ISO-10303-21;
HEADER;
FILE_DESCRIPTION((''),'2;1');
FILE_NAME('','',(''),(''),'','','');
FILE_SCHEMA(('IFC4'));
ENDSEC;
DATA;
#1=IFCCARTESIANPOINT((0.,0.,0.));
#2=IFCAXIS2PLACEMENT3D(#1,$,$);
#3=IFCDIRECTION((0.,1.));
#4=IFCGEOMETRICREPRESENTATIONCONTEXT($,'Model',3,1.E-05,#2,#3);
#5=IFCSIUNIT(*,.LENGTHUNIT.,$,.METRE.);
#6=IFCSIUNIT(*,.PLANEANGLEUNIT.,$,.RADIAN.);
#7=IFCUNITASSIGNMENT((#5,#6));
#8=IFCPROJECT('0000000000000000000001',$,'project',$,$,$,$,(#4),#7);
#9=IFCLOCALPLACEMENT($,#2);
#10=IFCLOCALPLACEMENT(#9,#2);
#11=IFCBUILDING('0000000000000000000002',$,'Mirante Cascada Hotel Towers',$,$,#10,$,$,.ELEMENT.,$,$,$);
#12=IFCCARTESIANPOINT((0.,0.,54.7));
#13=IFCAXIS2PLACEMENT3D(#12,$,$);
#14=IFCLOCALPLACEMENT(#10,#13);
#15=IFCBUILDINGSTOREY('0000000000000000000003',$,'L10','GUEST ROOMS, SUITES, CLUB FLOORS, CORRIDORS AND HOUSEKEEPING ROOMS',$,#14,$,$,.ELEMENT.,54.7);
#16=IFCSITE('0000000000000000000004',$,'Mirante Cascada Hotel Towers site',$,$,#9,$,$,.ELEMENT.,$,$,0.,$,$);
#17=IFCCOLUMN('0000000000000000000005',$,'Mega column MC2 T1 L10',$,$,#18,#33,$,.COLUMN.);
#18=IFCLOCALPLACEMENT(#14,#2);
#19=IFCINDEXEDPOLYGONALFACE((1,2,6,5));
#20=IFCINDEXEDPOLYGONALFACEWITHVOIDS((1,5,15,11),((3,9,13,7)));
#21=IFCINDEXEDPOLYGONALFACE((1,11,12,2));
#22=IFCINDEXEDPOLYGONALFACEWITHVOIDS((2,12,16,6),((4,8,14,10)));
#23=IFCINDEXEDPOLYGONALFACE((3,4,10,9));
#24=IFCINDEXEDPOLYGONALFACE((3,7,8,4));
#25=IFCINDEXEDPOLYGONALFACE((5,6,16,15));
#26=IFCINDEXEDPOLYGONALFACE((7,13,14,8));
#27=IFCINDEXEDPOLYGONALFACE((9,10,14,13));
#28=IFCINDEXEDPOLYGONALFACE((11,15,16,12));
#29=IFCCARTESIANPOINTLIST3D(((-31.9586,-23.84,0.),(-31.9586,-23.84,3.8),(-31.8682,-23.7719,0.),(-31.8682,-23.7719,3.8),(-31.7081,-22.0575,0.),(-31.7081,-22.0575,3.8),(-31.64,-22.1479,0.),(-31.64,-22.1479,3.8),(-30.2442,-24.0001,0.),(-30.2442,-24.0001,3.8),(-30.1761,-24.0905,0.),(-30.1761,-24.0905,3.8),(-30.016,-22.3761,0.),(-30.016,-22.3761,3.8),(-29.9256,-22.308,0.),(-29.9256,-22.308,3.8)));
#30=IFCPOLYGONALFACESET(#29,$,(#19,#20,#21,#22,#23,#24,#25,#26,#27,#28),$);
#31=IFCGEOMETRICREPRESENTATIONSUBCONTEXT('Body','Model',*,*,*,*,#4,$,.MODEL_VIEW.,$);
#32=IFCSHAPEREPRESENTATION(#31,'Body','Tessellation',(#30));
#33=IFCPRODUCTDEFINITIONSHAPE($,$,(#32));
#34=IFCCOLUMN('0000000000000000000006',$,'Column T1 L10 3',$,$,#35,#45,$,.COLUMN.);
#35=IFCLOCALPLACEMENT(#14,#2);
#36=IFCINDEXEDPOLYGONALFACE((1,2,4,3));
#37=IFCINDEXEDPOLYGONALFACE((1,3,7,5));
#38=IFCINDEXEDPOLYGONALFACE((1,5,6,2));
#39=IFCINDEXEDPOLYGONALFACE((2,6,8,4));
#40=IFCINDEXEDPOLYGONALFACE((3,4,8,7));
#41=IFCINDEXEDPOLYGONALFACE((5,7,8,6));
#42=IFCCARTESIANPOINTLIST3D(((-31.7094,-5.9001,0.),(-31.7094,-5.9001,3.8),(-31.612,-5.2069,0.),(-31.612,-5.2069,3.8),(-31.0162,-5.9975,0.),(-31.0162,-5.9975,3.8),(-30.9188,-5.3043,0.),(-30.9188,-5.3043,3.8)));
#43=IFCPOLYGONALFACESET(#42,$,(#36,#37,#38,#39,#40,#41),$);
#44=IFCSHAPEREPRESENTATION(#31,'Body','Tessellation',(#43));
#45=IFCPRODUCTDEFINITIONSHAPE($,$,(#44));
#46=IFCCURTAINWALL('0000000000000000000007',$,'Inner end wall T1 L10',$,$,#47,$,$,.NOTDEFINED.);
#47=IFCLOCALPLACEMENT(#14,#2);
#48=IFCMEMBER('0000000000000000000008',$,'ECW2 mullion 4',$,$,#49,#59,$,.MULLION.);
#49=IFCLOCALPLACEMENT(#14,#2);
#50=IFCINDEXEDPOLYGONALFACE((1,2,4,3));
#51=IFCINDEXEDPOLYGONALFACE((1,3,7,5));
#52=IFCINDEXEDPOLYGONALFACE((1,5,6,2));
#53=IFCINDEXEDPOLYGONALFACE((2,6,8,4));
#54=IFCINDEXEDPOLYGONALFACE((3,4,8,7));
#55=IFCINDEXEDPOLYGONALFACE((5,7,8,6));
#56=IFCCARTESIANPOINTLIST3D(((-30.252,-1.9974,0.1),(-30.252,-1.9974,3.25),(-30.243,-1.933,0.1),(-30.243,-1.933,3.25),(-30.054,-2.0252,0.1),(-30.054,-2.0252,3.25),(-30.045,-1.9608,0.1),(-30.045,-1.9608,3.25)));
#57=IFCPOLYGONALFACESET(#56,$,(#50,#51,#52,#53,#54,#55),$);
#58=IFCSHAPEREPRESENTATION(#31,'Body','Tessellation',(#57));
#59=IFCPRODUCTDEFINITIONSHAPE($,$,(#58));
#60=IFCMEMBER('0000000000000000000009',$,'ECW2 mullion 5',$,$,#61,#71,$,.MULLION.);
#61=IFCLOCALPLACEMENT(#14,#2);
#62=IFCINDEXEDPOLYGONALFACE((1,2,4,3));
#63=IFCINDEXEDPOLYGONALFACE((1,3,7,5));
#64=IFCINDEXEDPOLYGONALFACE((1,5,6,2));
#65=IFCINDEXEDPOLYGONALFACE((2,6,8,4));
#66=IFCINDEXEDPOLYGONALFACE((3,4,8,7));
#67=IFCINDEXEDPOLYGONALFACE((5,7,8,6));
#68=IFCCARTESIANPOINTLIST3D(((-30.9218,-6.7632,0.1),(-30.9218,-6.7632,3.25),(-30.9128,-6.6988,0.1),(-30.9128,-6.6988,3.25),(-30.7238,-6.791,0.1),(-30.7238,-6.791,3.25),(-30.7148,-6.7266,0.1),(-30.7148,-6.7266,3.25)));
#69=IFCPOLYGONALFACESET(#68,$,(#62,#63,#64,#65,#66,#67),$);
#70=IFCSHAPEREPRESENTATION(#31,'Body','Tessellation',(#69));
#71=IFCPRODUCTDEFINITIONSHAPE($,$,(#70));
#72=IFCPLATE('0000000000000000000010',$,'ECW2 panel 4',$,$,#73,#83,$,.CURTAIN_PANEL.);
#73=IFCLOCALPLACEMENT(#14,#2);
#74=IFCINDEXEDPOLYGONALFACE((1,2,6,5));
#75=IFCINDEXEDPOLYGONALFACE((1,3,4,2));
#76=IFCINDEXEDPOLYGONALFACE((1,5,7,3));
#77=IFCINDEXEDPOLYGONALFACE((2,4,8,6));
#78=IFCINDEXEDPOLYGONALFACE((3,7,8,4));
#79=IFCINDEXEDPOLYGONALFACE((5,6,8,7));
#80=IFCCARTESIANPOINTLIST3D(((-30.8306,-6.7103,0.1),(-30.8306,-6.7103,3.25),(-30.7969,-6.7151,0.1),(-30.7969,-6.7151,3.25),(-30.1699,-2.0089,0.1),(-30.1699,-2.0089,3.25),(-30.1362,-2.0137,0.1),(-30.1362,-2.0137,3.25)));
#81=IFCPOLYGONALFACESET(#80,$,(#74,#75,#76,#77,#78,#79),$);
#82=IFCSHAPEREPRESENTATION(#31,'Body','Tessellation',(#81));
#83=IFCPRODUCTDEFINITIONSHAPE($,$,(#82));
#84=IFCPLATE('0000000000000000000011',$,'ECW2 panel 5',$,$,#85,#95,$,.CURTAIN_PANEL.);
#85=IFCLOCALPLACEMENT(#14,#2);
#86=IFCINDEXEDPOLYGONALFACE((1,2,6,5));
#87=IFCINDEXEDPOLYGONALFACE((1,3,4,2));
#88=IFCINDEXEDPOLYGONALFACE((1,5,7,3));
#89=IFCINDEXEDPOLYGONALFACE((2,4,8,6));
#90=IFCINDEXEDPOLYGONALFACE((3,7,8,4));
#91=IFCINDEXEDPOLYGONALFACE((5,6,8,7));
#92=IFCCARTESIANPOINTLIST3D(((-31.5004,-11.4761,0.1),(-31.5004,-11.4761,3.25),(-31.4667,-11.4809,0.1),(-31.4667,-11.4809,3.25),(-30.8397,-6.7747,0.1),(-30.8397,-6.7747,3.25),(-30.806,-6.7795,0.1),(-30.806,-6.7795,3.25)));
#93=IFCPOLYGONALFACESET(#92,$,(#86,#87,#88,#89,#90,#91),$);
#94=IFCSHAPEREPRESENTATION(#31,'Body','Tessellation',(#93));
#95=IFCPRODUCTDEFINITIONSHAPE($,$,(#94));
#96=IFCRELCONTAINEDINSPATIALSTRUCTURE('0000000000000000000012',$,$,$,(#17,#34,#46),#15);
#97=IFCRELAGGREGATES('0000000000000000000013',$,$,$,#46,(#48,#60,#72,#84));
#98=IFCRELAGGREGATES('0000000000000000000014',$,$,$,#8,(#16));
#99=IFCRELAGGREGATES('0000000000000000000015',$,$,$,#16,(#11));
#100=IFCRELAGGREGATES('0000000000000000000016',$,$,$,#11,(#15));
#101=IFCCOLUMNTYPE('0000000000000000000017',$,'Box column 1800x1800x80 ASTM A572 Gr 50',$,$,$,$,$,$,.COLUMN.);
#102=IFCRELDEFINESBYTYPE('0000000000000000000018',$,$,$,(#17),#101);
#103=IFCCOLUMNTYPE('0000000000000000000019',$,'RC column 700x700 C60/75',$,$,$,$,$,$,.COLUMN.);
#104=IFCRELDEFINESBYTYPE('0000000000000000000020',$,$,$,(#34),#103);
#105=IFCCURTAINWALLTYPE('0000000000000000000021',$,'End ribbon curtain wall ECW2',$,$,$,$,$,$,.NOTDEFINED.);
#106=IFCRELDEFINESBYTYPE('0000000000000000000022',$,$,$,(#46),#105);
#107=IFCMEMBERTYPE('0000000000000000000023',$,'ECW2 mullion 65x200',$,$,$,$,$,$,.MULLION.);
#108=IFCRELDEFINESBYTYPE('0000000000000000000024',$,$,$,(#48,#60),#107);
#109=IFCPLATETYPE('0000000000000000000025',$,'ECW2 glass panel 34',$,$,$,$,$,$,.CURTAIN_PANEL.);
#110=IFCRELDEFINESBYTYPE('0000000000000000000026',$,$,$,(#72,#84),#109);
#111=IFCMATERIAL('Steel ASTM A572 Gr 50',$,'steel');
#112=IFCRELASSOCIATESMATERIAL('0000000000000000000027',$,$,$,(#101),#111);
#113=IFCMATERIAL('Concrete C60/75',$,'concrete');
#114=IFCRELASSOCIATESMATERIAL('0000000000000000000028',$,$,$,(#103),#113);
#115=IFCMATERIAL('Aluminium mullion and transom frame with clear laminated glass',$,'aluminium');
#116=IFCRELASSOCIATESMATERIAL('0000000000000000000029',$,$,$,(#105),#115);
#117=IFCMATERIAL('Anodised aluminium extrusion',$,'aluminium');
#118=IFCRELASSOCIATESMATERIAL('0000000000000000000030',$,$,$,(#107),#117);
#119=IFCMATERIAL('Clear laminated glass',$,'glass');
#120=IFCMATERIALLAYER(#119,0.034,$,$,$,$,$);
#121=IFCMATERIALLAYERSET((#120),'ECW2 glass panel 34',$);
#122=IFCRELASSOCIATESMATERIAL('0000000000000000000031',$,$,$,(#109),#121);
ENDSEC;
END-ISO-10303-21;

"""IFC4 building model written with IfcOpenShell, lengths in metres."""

from ifc_helpers import new_model, si_unit, direction, frame, origin, origin_2d, place, context, subcontext, project, spatial, rectangle, hollow_rectangle, extrude, material, layer, layer_set, material_profile, profile_set, type_object, element, aggregate, save


model = new_model("IFC4")

# Units and contexts
model_context = context("Model", 3, precision=1e-05, world=origin(), true_north=direction((0.0, 1.0)))
body_context = subcontext(model_context, "Body", "Model", "MODEL_VIEW")
ifc_project = project(units=[si_unit("LENGTHUNIT", "METRE"), si_unit("PLANEANGLEUNIT", "RADIAN")], contexts=[model_context])

# Site, building, storey
site_placement = place(None, origin())
site = spatial("IfcSite", under=ifc_project, at=site_placement, Name="Mirante Cascada Hotel Towers site", CompositionType="ELEMENT", RefElevation=0.0)
building_placement = place(site_placement, origin())
building = spatial("IfcBuilding", under=site, at=building_placement, Name="Mirante Cascada Hotel Towers", CompositionType="ELEMENT")
storey_placement = place(building_placement, frame((0.0, 0.0, 54.7)))
storey = spatial("IfcBuildingStorey", under=building, at=storey_placement, Name="L10", Description="GUEST ROOMS, SUITES, CLUB FLOORS, CORRIDORS AND HOUSEKEEPING ROOMS", CompositionType="ELEMENT", Elevation=54.7)

# Columns
ifc_material_1 = material(Name="Steel ASTM A572 Gr 50", Category="steel")
ifc_material_profile_1 = material_profile(ifc_material_1, hollow_rectangle(XDim=1.8, YDim=1.8, WallThickness=0.08, at=origin_2d()), Name="Box column 1800x1800x80 ASTM A572 Gr 50")
ifc_profile_set_1 = profile_set([ifc_material_profile_1], Name="Steel ASTM A572 Gr 50")
column_type_1 = type_object("IfcColumnType", Name="Box column 1800x1800x80 ASTM A572 Gr 50", PredefinedType="COLUMN", material=ifc_profile_set_1)
column_1_placement = place(storey_placement, frame((-30.9421, -23.074, 0.0), z_axis=(0.0, 0.0, 1.0), x_axis=(-0.990268, 0.139173, 0.0)))
element("IfcColumn", 1, at=column_1_placement, inside=storey, type_object=column_type_1, Name="Mega column MC2 T1 L10", PredefinedType="COLUMN", context=body_context, shape_type="SweptSolid", body=[
    extrude(hollow_rectangle(XDim=1.8, YDim=1.8, WallThickness=0.08, at=origin_2d()), origin(), (0.0, 0.0, 1.0), 3.8),
])
ifc_material_2 = material(Name="Concrete C60/75", Category="concrete")
ifc_material_profile_2 = material_profile(ifc_material_2, rectangle(XDim=0.7, YDim=0.7, at=origin_2d()), Name="RC column 700x700 C60/75")
ifc_profile_set_2 = profile_set([ifc_material_profile_2], Name="Concrete C60/75")
column_type_2 = type_object("IfcColumnType", Name="RC column 700x700 C60/75", PredefinedType="COLUMN", material=ifc_profile_set_2)
column_2_placement = place(storey_placement, frame((-31.3141, -5.6022, 0.0), z_axis=(0.0, 0.0, 1.0), x_axis=(-0.990268, 0.139173, 0.0)))
element("IfcColumn", 2, at=column_2_placement, inside=storey, type_object=column_type_2, Name="Column T1 L10 3", PredefinedType="COLUMN", context=body_context, shape_type="SweptSolid", body=[
    extrude(rectangle(XDim=0.7, YDim=0.7, at=origin_2d()), origin(), (0.0, 0.0, 1.0), 3.8),
])

# Curtain wall, members, plates
ifc_material_3 = material(Name="Aluminium mullion and transom frame with clear laminated glass", Category="aluminium")
curtain_wall_type = type_object("IfcCurtainWallType", Name="End ribbon curtain wall ECW2", PredefinedType="NOTDEFINED", material=ifc_material_3)
curtain_wall_placement = place(storey_placement, origin())
curtain_wall = element("IfcCurtainWall", 3, at=curtain_wall_placement, inside=storey, type_object=curtain_wall_type, Name="Inner end wall T1 L10", PredefinedType="NOTDEFINED")
ifc_material_4 = material(Name="Anodised aluminium extrusion", Category="aluminium")
ifc_material_profile_3 = material_profile(ifc_material_4, rectangle(XDim=0.2, YDim=0.065, at=origin_2d()), Name="ECW2 MULLION 65x200")
ifc_profile_set_3 = profile_set([ifc_material_profile_3], Name="Anodised aluminium extrusion")
member_type = type_object("IfcMemberType", Name="ECW2 mullion 65x200", PredefinedType="MULLION", material=ifc_profile_set_3)
member_1_placement = place(storey_placement, frame((-30.1485, -1.9791, 0.1), z_axis=(0.0, 0.0, 1.0), x_axis=(0.990268, -0.139173, 0.0)))
member_1 = element("IfcMember", 4, at=member_1_placement, type_object=member_type, Name="ECW2 mullion 4", PredefinedType="MULLION", context=body_context, shape_type="SweptSolid", body=[
    extrude(rectangle(XDim=0.2, YDim=0.065, at=origin_2d()), origin(), (0.0, 0.0, 1.0), 3.15),
])
member_2_placement = place(storey_placement, frame((-30.8183, -6.7449, 0.1), z_axis=(0.0, 0.0, 1.0), x_axis=(0.990268, -0.139173, 0.0)))
member_2 = element("IfcMember", 5, at=member_2_placement, type_object=member_type, Name="ECW2 mullion 5", PredefinedType="MULLION", context=body_context, shape_type="SweptSolid", body=[
    extrude(rectangle(XDim=0.2, YDim=0.065, at=origin_2d()), origin(), (0.0, 0.0, 1.0), 3.15),
])
ifc_material_5 = material(Name="Clear laminated glass", Category="glass")
ifc_layer_1 = layer(ifc_material_5, 0.034)
ifc_layer_set_1 = layer_set([ifc_layer_1], Name="ECW2 glass panel 34")
plate_type = type_object("IfcPlateType", Name="ECW2 glass panel 34", PredefinedType="CURTAIN_PANEL", material=ifc_layer_set_1)
plate_1_placement = place(storey_placement, frame((-30.4834, -4.362, 0.1), z_axis=(0.0, 0.0, 1.0), x_axis=(-0.139173, -0.990268, 0.0)))
plate_1 = element("IfcPlate", 6, at=plate_1_placement, type_object=plate_type, Name="ECW2 panel 4", PredefinedType="CURTAIN_PANEL", context=body_context, shape_type="SweptSolid", body=[
    extrude(rectangle(XDim=4.7476, YDim=0.034, at=origin_2d()), origin(), (0.0, 0.0, 1.0), 3.15),
])
plate_2_placement = place(storey_placement, frame((-31.1532, -9.1278, 0.1), z_axis=(0.0, 0.0, 1.0), x_axis=(-0.139173, -0.990268, 0.0)))
plate_2 = element("IfcPlate", 7, at=plate_2_placement, type_object=plate_type, Name="ECW2 panel 5", PredefinedType="CURTAIN_PANEL", context=body_context, shape_type="SweptSolid", body=[
    extrude(rectangle(XDim=4.7476, YDim=0.034, at=origin_2d()), origin(), (0.0, 0.0, 1.0), 3.15),
])
aggregate(curtain_wall, [member_1, member_2, plate_1, plate_2])

save(model, "model.ifc")
